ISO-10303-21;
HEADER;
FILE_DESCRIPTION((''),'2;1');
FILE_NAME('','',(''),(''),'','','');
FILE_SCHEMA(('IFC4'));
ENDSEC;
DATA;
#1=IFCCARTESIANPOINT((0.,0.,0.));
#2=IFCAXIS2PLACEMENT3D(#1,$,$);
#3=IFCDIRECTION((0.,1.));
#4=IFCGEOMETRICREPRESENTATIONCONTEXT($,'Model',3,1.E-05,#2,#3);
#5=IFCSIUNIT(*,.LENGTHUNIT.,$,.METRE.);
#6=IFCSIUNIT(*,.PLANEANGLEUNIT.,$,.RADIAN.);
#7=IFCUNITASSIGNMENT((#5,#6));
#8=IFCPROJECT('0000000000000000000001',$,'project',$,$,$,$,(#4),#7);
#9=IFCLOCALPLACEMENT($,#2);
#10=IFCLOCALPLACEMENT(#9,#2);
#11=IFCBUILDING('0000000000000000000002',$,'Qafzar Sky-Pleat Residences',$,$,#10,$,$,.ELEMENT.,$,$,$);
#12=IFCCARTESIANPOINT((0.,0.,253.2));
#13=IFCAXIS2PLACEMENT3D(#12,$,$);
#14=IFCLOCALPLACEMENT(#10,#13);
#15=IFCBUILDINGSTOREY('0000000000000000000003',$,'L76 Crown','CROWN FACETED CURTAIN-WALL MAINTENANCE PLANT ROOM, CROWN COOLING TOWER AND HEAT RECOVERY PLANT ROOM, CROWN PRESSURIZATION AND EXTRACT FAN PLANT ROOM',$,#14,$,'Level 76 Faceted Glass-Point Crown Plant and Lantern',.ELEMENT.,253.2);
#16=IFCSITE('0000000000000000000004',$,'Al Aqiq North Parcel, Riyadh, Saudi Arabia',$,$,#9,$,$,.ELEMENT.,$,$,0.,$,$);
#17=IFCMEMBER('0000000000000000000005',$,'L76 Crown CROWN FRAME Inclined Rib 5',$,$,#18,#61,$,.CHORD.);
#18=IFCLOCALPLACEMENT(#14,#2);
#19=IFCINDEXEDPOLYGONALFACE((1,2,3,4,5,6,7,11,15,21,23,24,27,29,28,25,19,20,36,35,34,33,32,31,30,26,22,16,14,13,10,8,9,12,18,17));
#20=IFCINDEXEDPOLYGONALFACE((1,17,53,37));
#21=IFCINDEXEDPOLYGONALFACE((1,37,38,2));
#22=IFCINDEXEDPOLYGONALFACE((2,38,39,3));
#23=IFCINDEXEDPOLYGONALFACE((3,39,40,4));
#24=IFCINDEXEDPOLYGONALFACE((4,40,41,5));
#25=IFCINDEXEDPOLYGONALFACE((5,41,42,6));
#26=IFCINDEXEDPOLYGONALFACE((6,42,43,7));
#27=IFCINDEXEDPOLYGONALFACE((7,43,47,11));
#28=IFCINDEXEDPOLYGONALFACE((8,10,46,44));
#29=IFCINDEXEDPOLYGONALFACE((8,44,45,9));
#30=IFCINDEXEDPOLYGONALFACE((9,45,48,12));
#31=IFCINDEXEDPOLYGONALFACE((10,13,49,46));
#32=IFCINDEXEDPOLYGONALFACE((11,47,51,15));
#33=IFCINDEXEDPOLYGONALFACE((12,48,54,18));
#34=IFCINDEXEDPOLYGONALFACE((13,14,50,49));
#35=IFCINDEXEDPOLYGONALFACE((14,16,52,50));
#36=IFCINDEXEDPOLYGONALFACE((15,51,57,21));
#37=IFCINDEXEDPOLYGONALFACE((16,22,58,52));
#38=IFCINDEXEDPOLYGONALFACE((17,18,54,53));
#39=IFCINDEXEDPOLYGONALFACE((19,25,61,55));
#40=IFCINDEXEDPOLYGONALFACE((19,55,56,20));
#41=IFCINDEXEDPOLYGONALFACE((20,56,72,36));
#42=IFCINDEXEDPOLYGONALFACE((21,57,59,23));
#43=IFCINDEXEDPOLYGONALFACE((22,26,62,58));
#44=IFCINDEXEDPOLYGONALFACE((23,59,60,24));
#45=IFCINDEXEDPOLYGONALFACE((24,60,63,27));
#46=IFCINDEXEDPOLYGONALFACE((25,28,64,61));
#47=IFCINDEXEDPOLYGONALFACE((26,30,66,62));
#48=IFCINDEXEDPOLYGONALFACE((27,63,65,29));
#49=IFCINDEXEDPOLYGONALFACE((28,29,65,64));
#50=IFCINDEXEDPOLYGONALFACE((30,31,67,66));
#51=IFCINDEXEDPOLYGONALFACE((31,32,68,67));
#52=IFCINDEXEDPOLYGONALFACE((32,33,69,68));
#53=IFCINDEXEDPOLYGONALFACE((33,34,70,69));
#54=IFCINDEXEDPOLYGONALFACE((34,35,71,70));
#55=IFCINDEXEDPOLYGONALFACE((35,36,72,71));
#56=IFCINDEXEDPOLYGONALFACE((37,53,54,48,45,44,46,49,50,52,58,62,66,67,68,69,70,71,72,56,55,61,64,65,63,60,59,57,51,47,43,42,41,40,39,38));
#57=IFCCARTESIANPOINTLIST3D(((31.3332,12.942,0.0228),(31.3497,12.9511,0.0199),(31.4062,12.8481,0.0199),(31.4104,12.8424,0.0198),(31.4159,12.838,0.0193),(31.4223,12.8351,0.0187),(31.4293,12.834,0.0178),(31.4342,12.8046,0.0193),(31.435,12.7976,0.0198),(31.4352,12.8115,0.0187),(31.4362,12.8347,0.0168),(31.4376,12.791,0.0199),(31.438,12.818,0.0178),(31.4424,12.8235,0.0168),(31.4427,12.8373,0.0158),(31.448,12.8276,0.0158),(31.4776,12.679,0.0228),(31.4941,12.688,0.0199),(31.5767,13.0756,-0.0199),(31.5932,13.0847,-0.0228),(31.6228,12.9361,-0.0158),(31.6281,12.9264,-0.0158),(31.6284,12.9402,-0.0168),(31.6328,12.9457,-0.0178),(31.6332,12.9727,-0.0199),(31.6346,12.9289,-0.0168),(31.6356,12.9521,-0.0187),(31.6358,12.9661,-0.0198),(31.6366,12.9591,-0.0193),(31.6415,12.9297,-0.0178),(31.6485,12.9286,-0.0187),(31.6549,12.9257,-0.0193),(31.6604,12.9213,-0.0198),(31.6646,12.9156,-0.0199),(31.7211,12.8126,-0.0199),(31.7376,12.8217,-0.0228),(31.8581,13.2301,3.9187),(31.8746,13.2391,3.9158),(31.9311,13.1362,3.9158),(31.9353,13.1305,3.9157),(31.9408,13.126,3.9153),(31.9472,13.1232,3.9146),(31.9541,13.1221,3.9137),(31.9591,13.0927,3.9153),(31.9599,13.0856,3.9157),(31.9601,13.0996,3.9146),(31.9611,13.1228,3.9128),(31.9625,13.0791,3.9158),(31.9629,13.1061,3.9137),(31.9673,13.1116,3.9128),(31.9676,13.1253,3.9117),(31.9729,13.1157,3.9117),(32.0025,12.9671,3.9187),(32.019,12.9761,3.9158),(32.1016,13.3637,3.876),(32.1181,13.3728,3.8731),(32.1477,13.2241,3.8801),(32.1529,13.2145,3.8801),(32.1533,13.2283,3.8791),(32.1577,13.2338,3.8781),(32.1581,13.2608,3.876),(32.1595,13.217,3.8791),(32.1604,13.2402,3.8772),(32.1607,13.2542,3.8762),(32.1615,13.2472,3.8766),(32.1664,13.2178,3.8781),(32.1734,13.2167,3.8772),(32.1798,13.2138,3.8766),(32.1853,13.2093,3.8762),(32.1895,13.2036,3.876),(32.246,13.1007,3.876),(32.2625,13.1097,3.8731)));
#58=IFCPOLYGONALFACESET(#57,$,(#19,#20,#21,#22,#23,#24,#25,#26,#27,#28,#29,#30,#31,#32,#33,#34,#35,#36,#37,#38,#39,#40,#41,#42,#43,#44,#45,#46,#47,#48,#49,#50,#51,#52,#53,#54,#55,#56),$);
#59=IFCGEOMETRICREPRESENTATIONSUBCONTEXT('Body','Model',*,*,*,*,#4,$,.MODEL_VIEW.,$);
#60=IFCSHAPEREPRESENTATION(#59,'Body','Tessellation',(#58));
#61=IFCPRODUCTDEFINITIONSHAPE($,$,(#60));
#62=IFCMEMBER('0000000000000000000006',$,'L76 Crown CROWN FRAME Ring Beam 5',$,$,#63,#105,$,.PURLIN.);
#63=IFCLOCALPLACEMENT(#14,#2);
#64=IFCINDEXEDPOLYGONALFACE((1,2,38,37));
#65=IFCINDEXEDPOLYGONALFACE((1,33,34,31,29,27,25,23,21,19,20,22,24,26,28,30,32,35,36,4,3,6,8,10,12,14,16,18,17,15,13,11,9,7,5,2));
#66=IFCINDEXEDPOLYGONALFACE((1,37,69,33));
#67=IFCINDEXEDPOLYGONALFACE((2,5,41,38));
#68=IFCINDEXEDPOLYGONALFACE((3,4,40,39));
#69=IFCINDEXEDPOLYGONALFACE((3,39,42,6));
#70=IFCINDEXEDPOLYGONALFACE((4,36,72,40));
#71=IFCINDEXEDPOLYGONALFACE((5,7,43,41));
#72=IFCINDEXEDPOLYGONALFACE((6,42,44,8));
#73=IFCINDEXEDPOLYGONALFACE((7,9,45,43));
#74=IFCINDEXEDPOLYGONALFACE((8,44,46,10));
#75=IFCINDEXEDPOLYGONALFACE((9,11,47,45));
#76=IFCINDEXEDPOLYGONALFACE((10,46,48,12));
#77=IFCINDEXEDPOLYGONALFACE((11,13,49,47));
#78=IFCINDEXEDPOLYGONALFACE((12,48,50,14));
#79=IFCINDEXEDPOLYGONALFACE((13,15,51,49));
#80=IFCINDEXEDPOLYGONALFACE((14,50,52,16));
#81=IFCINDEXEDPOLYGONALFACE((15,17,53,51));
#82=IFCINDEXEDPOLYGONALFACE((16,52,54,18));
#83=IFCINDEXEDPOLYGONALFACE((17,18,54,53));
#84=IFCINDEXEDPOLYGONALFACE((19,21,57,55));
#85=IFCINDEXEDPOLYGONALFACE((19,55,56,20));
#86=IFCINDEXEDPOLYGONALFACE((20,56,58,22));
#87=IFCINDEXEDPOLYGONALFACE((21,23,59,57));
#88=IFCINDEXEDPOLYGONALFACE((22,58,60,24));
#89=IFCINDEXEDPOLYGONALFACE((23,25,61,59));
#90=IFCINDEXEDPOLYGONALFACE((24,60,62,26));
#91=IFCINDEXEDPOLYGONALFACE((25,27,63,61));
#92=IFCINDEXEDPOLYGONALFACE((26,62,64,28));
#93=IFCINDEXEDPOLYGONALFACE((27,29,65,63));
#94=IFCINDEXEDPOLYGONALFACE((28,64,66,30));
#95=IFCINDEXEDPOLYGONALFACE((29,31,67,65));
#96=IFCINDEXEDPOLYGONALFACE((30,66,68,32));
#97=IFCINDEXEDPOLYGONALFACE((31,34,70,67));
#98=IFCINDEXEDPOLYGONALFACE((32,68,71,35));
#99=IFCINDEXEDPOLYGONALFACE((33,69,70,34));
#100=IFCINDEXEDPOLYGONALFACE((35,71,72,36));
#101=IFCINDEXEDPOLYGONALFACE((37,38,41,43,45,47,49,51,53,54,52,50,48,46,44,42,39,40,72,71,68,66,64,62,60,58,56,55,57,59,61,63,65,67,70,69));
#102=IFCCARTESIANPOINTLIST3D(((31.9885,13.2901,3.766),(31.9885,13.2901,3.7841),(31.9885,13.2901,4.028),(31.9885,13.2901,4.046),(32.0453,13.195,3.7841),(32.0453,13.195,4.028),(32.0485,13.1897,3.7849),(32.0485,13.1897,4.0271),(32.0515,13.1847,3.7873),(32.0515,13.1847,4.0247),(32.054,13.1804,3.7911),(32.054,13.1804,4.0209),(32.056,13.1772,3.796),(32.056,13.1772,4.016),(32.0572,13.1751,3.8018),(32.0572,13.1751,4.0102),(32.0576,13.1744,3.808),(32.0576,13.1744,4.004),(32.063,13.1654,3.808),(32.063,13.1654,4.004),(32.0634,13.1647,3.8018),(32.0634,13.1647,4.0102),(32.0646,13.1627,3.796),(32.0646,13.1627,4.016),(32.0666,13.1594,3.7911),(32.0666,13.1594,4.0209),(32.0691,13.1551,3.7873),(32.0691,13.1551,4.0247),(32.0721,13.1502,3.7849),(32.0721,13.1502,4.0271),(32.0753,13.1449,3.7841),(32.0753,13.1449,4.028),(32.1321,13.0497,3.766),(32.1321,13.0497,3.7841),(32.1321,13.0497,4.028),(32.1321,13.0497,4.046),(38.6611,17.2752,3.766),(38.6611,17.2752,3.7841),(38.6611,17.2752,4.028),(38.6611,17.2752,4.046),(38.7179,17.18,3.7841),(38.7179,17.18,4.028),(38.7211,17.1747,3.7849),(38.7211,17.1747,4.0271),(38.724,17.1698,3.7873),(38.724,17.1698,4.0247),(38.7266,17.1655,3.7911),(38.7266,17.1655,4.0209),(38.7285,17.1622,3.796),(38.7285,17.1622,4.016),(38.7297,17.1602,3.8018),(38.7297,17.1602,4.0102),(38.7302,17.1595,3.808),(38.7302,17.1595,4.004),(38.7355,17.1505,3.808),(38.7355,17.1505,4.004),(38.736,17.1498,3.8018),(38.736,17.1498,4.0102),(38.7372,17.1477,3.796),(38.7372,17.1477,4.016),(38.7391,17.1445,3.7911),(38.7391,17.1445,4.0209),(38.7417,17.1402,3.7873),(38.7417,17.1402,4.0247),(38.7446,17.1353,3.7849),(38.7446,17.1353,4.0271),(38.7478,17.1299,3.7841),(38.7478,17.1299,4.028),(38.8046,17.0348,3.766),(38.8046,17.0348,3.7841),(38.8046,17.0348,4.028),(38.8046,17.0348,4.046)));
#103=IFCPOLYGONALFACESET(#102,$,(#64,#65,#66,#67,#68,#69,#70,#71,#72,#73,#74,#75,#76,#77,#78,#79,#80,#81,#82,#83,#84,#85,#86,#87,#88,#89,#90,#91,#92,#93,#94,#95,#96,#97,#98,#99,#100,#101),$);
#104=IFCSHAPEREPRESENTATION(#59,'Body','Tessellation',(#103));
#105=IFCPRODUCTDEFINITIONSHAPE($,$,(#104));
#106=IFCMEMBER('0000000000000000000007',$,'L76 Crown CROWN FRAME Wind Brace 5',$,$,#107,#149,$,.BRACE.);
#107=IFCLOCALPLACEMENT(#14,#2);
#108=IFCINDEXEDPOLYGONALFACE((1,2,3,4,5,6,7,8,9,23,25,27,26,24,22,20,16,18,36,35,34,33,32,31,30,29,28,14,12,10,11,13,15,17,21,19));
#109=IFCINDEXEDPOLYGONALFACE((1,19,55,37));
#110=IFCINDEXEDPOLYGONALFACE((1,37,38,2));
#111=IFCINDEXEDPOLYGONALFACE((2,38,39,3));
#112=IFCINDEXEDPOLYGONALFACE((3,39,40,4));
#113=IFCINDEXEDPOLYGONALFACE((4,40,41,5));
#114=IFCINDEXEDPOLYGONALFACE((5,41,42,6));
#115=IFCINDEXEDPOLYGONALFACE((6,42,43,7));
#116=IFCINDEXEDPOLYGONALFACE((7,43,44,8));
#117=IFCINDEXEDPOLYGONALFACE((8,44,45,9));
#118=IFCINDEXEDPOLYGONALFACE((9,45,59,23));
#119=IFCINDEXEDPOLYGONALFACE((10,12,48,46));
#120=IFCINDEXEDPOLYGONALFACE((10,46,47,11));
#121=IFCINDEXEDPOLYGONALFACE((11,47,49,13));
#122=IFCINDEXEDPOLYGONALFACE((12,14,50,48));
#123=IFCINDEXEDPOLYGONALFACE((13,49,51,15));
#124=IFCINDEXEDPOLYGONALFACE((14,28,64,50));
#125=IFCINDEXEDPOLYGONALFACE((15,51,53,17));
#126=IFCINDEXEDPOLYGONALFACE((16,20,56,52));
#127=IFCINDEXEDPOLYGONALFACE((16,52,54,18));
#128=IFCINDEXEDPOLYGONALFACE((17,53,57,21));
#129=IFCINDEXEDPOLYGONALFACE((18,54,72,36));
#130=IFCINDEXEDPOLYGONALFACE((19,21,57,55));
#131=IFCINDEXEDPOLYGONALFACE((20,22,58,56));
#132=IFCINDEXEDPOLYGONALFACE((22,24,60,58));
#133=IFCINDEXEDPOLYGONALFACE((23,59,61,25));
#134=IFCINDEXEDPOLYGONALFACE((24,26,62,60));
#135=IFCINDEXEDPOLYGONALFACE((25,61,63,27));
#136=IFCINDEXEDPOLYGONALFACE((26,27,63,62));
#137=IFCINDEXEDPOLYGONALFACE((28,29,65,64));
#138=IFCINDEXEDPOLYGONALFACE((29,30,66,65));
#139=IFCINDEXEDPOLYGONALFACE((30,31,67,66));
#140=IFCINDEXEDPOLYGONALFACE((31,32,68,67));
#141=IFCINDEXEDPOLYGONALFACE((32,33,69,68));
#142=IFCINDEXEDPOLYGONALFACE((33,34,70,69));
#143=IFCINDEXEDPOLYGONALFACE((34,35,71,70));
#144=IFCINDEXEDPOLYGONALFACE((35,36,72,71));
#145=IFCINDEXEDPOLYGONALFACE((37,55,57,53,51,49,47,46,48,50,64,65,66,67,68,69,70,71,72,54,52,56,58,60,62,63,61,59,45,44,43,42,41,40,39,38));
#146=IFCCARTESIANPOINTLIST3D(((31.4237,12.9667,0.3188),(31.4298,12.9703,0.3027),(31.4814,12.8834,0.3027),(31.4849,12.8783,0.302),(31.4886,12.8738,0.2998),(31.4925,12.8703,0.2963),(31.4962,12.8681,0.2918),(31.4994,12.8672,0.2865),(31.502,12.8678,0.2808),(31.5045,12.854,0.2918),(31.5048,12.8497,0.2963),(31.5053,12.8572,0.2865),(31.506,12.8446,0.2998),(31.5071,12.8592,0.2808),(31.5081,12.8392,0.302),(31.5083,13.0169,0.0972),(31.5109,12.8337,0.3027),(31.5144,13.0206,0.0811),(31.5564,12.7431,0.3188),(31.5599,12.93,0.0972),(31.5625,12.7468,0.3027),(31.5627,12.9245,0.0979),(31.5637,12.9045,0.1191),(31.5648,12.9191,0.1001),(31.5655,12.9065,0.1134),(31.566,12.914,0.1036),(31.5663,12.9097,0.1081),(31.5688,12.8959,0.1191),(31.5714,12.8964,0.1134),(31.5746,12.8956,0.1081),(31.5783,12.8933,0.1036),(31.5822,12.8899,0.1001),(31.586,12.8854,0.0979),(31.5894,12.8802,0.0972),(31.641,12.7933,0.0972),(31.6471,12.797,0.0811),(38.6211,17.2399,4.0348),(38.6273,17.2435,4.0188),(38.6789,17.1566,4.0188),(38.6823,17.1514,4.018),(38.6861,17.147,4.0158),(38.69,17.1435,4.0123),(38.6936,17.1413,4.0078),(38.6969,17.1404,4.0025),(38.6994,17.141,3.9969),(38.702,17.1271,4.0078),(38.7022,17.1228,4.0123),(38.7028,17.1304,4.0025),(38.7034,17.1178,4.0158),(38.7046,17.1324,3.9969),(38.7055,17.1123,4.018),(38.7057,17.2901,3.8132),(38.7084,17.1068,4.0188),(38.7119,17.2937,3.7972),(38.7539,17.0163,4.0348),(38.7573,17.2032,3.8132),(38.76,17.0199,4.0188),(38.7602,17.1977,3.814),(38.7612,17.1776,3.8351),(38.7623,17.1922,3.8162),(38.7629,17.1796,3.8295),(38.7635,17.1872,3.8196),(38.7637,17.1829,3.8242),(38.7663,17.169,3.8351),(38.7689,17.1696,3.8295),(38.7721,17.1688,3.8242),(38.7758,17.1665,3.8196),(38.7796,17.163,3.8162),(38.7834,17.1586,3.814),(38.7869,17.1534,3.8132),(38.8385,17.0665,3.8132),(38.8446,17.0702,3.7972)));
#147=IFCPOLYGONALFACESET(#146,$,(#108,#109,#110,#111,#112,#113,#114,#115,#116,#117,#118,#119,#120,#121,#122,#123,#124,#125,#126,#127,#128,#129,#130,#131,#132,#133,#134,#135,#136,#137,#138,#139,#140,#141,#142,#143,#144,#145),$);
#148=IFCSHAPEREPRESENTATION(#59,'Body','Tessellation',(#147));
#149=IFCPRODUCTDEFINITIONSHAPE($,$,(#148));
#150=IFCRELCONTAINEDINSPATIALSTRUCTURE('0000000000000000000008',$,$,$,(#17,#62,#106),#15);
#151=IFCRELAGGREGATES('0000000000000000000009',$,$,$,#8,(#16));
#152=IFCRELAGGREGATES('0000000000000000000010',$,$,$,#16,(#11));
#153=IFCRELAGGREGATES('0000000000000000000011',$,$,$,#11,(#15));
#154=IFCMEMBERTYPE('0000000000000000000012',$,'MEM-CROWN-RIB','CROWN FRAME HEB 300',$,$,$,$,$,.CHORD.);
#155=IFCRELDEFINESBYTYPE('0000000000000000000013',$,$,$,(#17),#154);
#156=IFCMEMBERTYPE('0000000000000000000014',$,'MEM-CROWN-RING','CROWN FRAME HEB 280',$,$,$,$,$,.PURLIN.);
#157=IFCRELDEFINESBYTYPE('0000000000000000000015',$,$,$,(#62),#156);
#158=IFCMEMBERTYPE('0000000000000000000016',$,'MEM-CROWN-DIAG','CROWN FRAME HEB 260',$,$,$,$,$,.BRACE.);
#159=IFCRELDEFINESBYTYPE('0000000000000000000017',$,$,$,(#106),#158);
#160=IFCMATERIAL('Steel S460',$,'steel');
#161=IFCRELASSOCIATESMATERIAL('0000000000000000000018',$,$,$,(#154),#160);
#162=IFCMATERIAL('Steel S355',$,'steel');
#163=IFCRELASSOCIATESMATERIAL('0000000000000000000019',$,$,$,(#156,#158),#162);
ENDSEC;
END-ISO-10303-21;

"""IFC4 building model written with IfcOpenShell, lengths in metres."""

from ifc_helpers import new_model, si_unit, direction, frame, origin, origin_2d, place, context, subcontext, project, spatial, i_section, extrude, source, transform, mapped, material, material_profile, profile_set, type_object, element, save


model = new_model("IFC4")

# Units and contexts
model_context = context("Model", 3, precision=1e-05, world=origin(), true_north=direction((0.0, 1.0)))
body_context = subcontext(model_context, "Body", "Model", "MODEL_VIEW")
ifc_project = project(units=[si_unit("LENGTHUNIT", "METRE"), si_unit("PLANEANGLEUNIT", "RADIAN")], contexts=[model_context])

# Site, building, storey
site_placement = place(None, origin())
site = spatial("IfcSite", under=ifc_project, at=site_placement, Name="Al Aqiq North Parcel, Riyadh, Saudi Arabia", CompositionType="ELEMENT", RefElevation=0.0)
building_placement = place(site_placement, origin())
building = spatial("IfcBuilding", under=site, at=building_placement, Name="Qafzar Sky-Pleat Residences", CompositionType="ELEMENT")
storey_placement = place(building_placement, frame((0.0, 0.0, 253.2)))
storey = spatial("IfcBuildingStorey", under=building, at=storey_placement, Name="L76 Crown", Description="CROWN FACETED CURTAIN-WALL MAINTENANCE PLANT ROOM, CROWN COOLING TOWER AND HEAT RECOVERY PLANT ROOM, CROWN PRESSURIZATION AND EXTRACT FAN PLANT ROOM", LongName="Level 76 Faceted Glass-Point Crown Plant and Lantern", CompositionType="ELEMENT", Elevation=253.2)

# Members
ifc_material_1 = material(Name="Steel S460", Category="steel")
ifc_material_profile_1 = material_profile(ifc_material_1, i_section(OverallWidth=0.3, OverallDepth=0.3, WebThickness=0.011, FlangeThickness=0.019, FilletRadius=0.0271, at=origin_2d()), Name="HEB 300")
ifc_profile_set_1 = profile_set([ifc_material_profile_1], Name="Steel S460")
member_type_1 = type_object("IfcMemberType", Name="MEM-CROWN-RIB", Description="CROWN FRAME HEB 300", PredefinedType="CHORD", material=ifc_profile_set_1)
shared_shape_1 = source(origin(), body_context, "Body", "SweptSolid", [
    extrude(i_section(OverallWidth=0.3, OverallDepth=0.3, WebThickness=0.011, FlangeThickness=0.019, FilletRadius=0.0271, at=origin_2d()), origin(), (0.0, 0.0, 1.0), 3.9417),
])
member_1_placement = place(storey_placement, frame((31.5354, 12.8818, 0.0), z_axis=(0.133165, 0.073086, 0.988395), x_axis=(-0.481136, 0.876646, 0.0)))
element("IfcMember", 1, at=member_1_placement, inside=storey, type_object=member_type_1, Name="L76 Crown CROWN FRAME Inclined Rib 5", PredefinedType="CHORD", context=body_context, shape_type="MappedRepresentation", body=[
    mapped(shared_shape_1, transform((0.0, 0.0, 0.0), x_axis=(1.0, 0.0, 0.0), y_axis=(0.0, 1.0, 0.0), z_axis=(0.0, 0.0, 1.0), scale=1.0)),
])
ifc_material_2 = material(Name="Steel S355", Category="steel")
ifc_material_profile_2 = material_profile(ifc_material_2, i_section(OverallWidth=0.28, OverallDepth=0.28, WebThickness=0.0105, FlangeThickness=0.0181, FilletRadius=0.0239, at=origin_2d()), Name="HEB 280")
ifc_profile_set_2 = profile_set([ifc_material_profile_2], Name="Steel S355")
member_type_2 = type_object("IfcMemberType", Name="MEM-CROWN-RING", Description="CROWN FRAME HEB 280", PredefinedType="PURLIN", material=ifc_profile_set_2)
shared_shape_2 = source(origin(), body_context, "Body", "SweptSolid", [
    extrude(i_section(OverallWidth=0.28, OverallDepth=0.28, WebThickness=0.0105, FlangeThickness=0.0181, FilletRadius=0.0239, at=origin_2d()), origin(), (0.0, 0.0, 1.0), 7.772),
])
member_2_placement = place(storey_placement, frame((32.0603, 13.1699, 3.906), z_axis=(0.858539, 0.512749, 0.0), x_axis=(-0.512749, 0.858539, 0.0)))
element("IfcMember", 2, at=member_2_placement, inside=storey, type_object=member_type_2, Name="L76 Crown CROWN FRAME Ring Beam 5", PredefinedType="PURLIN", context=body_context, shape_type="MappedRepresentation", body=[
    mapped(shared_shape_2, transform((0.0, 0.0, 0.0), x_axis=(1.0, 0.0, 0.0), y_axis=(0.0, 1.0, 0.0), z_axis=(0.0, 0.0, 1.0), scale=1.0)),
])
ifc_material_profile_3 = material_profile(ifc_material_2, i_section(OverallWidth=0.26, OverallDepth=0.26, WebThickness=0.01, FlangeThickness=0.0176, FilletRadius=0.0239, at=origin_2d()), Name="HEB 260")
ifc_profile_set_3 = profile_set([ifc_material_profile_3], Name="Steel S355")
member_type_3 = type_object("IfcMemberType", Name="MEM-CROWN-DIAG", Description="CROWN FRAME HEB 260", PredefinedType="BRACE", material=ifc_profile_set_3)
shared_shape_3 = source(origin(), body_context, "Body", "SweptSolid", [
    extrude(i_section(OverallWidth=0.26, OverallDepth=0.26, WebThickness=0.01, FlangeThickness=0.0176, FilletRadius=0.0239, at=origin_2d()), origin(), (0.0, 0.0, 1.0), 9.1582),
])
member_3_placement = place(storey_placement, frame((31.5354, 12.8818, 0.2), z_axis=(0.785905, 0.466595, 0.405762), x_axis=(-0.51051, 0.859872, 0.0)))
element("IfcMember", 3, at=member_3_placement, inside=storey, type_object=member_type_3, Name="L76 Crown CROWN FRAME Wind Brace 5", PredefinedType="BRACE", context=body_context, shape_type="MappedRepresentation", body=[
    mapped(shared_shape_3, transform((0.0, 0.0, 0.0), x_axis=(1.0, 0.0, 0.0), y_axis=(0.0, 1.0, 0.0), z_axis=(0.0, 0.0, 1.0), scale=1.0)),
])

save(model, "model.ifc")
